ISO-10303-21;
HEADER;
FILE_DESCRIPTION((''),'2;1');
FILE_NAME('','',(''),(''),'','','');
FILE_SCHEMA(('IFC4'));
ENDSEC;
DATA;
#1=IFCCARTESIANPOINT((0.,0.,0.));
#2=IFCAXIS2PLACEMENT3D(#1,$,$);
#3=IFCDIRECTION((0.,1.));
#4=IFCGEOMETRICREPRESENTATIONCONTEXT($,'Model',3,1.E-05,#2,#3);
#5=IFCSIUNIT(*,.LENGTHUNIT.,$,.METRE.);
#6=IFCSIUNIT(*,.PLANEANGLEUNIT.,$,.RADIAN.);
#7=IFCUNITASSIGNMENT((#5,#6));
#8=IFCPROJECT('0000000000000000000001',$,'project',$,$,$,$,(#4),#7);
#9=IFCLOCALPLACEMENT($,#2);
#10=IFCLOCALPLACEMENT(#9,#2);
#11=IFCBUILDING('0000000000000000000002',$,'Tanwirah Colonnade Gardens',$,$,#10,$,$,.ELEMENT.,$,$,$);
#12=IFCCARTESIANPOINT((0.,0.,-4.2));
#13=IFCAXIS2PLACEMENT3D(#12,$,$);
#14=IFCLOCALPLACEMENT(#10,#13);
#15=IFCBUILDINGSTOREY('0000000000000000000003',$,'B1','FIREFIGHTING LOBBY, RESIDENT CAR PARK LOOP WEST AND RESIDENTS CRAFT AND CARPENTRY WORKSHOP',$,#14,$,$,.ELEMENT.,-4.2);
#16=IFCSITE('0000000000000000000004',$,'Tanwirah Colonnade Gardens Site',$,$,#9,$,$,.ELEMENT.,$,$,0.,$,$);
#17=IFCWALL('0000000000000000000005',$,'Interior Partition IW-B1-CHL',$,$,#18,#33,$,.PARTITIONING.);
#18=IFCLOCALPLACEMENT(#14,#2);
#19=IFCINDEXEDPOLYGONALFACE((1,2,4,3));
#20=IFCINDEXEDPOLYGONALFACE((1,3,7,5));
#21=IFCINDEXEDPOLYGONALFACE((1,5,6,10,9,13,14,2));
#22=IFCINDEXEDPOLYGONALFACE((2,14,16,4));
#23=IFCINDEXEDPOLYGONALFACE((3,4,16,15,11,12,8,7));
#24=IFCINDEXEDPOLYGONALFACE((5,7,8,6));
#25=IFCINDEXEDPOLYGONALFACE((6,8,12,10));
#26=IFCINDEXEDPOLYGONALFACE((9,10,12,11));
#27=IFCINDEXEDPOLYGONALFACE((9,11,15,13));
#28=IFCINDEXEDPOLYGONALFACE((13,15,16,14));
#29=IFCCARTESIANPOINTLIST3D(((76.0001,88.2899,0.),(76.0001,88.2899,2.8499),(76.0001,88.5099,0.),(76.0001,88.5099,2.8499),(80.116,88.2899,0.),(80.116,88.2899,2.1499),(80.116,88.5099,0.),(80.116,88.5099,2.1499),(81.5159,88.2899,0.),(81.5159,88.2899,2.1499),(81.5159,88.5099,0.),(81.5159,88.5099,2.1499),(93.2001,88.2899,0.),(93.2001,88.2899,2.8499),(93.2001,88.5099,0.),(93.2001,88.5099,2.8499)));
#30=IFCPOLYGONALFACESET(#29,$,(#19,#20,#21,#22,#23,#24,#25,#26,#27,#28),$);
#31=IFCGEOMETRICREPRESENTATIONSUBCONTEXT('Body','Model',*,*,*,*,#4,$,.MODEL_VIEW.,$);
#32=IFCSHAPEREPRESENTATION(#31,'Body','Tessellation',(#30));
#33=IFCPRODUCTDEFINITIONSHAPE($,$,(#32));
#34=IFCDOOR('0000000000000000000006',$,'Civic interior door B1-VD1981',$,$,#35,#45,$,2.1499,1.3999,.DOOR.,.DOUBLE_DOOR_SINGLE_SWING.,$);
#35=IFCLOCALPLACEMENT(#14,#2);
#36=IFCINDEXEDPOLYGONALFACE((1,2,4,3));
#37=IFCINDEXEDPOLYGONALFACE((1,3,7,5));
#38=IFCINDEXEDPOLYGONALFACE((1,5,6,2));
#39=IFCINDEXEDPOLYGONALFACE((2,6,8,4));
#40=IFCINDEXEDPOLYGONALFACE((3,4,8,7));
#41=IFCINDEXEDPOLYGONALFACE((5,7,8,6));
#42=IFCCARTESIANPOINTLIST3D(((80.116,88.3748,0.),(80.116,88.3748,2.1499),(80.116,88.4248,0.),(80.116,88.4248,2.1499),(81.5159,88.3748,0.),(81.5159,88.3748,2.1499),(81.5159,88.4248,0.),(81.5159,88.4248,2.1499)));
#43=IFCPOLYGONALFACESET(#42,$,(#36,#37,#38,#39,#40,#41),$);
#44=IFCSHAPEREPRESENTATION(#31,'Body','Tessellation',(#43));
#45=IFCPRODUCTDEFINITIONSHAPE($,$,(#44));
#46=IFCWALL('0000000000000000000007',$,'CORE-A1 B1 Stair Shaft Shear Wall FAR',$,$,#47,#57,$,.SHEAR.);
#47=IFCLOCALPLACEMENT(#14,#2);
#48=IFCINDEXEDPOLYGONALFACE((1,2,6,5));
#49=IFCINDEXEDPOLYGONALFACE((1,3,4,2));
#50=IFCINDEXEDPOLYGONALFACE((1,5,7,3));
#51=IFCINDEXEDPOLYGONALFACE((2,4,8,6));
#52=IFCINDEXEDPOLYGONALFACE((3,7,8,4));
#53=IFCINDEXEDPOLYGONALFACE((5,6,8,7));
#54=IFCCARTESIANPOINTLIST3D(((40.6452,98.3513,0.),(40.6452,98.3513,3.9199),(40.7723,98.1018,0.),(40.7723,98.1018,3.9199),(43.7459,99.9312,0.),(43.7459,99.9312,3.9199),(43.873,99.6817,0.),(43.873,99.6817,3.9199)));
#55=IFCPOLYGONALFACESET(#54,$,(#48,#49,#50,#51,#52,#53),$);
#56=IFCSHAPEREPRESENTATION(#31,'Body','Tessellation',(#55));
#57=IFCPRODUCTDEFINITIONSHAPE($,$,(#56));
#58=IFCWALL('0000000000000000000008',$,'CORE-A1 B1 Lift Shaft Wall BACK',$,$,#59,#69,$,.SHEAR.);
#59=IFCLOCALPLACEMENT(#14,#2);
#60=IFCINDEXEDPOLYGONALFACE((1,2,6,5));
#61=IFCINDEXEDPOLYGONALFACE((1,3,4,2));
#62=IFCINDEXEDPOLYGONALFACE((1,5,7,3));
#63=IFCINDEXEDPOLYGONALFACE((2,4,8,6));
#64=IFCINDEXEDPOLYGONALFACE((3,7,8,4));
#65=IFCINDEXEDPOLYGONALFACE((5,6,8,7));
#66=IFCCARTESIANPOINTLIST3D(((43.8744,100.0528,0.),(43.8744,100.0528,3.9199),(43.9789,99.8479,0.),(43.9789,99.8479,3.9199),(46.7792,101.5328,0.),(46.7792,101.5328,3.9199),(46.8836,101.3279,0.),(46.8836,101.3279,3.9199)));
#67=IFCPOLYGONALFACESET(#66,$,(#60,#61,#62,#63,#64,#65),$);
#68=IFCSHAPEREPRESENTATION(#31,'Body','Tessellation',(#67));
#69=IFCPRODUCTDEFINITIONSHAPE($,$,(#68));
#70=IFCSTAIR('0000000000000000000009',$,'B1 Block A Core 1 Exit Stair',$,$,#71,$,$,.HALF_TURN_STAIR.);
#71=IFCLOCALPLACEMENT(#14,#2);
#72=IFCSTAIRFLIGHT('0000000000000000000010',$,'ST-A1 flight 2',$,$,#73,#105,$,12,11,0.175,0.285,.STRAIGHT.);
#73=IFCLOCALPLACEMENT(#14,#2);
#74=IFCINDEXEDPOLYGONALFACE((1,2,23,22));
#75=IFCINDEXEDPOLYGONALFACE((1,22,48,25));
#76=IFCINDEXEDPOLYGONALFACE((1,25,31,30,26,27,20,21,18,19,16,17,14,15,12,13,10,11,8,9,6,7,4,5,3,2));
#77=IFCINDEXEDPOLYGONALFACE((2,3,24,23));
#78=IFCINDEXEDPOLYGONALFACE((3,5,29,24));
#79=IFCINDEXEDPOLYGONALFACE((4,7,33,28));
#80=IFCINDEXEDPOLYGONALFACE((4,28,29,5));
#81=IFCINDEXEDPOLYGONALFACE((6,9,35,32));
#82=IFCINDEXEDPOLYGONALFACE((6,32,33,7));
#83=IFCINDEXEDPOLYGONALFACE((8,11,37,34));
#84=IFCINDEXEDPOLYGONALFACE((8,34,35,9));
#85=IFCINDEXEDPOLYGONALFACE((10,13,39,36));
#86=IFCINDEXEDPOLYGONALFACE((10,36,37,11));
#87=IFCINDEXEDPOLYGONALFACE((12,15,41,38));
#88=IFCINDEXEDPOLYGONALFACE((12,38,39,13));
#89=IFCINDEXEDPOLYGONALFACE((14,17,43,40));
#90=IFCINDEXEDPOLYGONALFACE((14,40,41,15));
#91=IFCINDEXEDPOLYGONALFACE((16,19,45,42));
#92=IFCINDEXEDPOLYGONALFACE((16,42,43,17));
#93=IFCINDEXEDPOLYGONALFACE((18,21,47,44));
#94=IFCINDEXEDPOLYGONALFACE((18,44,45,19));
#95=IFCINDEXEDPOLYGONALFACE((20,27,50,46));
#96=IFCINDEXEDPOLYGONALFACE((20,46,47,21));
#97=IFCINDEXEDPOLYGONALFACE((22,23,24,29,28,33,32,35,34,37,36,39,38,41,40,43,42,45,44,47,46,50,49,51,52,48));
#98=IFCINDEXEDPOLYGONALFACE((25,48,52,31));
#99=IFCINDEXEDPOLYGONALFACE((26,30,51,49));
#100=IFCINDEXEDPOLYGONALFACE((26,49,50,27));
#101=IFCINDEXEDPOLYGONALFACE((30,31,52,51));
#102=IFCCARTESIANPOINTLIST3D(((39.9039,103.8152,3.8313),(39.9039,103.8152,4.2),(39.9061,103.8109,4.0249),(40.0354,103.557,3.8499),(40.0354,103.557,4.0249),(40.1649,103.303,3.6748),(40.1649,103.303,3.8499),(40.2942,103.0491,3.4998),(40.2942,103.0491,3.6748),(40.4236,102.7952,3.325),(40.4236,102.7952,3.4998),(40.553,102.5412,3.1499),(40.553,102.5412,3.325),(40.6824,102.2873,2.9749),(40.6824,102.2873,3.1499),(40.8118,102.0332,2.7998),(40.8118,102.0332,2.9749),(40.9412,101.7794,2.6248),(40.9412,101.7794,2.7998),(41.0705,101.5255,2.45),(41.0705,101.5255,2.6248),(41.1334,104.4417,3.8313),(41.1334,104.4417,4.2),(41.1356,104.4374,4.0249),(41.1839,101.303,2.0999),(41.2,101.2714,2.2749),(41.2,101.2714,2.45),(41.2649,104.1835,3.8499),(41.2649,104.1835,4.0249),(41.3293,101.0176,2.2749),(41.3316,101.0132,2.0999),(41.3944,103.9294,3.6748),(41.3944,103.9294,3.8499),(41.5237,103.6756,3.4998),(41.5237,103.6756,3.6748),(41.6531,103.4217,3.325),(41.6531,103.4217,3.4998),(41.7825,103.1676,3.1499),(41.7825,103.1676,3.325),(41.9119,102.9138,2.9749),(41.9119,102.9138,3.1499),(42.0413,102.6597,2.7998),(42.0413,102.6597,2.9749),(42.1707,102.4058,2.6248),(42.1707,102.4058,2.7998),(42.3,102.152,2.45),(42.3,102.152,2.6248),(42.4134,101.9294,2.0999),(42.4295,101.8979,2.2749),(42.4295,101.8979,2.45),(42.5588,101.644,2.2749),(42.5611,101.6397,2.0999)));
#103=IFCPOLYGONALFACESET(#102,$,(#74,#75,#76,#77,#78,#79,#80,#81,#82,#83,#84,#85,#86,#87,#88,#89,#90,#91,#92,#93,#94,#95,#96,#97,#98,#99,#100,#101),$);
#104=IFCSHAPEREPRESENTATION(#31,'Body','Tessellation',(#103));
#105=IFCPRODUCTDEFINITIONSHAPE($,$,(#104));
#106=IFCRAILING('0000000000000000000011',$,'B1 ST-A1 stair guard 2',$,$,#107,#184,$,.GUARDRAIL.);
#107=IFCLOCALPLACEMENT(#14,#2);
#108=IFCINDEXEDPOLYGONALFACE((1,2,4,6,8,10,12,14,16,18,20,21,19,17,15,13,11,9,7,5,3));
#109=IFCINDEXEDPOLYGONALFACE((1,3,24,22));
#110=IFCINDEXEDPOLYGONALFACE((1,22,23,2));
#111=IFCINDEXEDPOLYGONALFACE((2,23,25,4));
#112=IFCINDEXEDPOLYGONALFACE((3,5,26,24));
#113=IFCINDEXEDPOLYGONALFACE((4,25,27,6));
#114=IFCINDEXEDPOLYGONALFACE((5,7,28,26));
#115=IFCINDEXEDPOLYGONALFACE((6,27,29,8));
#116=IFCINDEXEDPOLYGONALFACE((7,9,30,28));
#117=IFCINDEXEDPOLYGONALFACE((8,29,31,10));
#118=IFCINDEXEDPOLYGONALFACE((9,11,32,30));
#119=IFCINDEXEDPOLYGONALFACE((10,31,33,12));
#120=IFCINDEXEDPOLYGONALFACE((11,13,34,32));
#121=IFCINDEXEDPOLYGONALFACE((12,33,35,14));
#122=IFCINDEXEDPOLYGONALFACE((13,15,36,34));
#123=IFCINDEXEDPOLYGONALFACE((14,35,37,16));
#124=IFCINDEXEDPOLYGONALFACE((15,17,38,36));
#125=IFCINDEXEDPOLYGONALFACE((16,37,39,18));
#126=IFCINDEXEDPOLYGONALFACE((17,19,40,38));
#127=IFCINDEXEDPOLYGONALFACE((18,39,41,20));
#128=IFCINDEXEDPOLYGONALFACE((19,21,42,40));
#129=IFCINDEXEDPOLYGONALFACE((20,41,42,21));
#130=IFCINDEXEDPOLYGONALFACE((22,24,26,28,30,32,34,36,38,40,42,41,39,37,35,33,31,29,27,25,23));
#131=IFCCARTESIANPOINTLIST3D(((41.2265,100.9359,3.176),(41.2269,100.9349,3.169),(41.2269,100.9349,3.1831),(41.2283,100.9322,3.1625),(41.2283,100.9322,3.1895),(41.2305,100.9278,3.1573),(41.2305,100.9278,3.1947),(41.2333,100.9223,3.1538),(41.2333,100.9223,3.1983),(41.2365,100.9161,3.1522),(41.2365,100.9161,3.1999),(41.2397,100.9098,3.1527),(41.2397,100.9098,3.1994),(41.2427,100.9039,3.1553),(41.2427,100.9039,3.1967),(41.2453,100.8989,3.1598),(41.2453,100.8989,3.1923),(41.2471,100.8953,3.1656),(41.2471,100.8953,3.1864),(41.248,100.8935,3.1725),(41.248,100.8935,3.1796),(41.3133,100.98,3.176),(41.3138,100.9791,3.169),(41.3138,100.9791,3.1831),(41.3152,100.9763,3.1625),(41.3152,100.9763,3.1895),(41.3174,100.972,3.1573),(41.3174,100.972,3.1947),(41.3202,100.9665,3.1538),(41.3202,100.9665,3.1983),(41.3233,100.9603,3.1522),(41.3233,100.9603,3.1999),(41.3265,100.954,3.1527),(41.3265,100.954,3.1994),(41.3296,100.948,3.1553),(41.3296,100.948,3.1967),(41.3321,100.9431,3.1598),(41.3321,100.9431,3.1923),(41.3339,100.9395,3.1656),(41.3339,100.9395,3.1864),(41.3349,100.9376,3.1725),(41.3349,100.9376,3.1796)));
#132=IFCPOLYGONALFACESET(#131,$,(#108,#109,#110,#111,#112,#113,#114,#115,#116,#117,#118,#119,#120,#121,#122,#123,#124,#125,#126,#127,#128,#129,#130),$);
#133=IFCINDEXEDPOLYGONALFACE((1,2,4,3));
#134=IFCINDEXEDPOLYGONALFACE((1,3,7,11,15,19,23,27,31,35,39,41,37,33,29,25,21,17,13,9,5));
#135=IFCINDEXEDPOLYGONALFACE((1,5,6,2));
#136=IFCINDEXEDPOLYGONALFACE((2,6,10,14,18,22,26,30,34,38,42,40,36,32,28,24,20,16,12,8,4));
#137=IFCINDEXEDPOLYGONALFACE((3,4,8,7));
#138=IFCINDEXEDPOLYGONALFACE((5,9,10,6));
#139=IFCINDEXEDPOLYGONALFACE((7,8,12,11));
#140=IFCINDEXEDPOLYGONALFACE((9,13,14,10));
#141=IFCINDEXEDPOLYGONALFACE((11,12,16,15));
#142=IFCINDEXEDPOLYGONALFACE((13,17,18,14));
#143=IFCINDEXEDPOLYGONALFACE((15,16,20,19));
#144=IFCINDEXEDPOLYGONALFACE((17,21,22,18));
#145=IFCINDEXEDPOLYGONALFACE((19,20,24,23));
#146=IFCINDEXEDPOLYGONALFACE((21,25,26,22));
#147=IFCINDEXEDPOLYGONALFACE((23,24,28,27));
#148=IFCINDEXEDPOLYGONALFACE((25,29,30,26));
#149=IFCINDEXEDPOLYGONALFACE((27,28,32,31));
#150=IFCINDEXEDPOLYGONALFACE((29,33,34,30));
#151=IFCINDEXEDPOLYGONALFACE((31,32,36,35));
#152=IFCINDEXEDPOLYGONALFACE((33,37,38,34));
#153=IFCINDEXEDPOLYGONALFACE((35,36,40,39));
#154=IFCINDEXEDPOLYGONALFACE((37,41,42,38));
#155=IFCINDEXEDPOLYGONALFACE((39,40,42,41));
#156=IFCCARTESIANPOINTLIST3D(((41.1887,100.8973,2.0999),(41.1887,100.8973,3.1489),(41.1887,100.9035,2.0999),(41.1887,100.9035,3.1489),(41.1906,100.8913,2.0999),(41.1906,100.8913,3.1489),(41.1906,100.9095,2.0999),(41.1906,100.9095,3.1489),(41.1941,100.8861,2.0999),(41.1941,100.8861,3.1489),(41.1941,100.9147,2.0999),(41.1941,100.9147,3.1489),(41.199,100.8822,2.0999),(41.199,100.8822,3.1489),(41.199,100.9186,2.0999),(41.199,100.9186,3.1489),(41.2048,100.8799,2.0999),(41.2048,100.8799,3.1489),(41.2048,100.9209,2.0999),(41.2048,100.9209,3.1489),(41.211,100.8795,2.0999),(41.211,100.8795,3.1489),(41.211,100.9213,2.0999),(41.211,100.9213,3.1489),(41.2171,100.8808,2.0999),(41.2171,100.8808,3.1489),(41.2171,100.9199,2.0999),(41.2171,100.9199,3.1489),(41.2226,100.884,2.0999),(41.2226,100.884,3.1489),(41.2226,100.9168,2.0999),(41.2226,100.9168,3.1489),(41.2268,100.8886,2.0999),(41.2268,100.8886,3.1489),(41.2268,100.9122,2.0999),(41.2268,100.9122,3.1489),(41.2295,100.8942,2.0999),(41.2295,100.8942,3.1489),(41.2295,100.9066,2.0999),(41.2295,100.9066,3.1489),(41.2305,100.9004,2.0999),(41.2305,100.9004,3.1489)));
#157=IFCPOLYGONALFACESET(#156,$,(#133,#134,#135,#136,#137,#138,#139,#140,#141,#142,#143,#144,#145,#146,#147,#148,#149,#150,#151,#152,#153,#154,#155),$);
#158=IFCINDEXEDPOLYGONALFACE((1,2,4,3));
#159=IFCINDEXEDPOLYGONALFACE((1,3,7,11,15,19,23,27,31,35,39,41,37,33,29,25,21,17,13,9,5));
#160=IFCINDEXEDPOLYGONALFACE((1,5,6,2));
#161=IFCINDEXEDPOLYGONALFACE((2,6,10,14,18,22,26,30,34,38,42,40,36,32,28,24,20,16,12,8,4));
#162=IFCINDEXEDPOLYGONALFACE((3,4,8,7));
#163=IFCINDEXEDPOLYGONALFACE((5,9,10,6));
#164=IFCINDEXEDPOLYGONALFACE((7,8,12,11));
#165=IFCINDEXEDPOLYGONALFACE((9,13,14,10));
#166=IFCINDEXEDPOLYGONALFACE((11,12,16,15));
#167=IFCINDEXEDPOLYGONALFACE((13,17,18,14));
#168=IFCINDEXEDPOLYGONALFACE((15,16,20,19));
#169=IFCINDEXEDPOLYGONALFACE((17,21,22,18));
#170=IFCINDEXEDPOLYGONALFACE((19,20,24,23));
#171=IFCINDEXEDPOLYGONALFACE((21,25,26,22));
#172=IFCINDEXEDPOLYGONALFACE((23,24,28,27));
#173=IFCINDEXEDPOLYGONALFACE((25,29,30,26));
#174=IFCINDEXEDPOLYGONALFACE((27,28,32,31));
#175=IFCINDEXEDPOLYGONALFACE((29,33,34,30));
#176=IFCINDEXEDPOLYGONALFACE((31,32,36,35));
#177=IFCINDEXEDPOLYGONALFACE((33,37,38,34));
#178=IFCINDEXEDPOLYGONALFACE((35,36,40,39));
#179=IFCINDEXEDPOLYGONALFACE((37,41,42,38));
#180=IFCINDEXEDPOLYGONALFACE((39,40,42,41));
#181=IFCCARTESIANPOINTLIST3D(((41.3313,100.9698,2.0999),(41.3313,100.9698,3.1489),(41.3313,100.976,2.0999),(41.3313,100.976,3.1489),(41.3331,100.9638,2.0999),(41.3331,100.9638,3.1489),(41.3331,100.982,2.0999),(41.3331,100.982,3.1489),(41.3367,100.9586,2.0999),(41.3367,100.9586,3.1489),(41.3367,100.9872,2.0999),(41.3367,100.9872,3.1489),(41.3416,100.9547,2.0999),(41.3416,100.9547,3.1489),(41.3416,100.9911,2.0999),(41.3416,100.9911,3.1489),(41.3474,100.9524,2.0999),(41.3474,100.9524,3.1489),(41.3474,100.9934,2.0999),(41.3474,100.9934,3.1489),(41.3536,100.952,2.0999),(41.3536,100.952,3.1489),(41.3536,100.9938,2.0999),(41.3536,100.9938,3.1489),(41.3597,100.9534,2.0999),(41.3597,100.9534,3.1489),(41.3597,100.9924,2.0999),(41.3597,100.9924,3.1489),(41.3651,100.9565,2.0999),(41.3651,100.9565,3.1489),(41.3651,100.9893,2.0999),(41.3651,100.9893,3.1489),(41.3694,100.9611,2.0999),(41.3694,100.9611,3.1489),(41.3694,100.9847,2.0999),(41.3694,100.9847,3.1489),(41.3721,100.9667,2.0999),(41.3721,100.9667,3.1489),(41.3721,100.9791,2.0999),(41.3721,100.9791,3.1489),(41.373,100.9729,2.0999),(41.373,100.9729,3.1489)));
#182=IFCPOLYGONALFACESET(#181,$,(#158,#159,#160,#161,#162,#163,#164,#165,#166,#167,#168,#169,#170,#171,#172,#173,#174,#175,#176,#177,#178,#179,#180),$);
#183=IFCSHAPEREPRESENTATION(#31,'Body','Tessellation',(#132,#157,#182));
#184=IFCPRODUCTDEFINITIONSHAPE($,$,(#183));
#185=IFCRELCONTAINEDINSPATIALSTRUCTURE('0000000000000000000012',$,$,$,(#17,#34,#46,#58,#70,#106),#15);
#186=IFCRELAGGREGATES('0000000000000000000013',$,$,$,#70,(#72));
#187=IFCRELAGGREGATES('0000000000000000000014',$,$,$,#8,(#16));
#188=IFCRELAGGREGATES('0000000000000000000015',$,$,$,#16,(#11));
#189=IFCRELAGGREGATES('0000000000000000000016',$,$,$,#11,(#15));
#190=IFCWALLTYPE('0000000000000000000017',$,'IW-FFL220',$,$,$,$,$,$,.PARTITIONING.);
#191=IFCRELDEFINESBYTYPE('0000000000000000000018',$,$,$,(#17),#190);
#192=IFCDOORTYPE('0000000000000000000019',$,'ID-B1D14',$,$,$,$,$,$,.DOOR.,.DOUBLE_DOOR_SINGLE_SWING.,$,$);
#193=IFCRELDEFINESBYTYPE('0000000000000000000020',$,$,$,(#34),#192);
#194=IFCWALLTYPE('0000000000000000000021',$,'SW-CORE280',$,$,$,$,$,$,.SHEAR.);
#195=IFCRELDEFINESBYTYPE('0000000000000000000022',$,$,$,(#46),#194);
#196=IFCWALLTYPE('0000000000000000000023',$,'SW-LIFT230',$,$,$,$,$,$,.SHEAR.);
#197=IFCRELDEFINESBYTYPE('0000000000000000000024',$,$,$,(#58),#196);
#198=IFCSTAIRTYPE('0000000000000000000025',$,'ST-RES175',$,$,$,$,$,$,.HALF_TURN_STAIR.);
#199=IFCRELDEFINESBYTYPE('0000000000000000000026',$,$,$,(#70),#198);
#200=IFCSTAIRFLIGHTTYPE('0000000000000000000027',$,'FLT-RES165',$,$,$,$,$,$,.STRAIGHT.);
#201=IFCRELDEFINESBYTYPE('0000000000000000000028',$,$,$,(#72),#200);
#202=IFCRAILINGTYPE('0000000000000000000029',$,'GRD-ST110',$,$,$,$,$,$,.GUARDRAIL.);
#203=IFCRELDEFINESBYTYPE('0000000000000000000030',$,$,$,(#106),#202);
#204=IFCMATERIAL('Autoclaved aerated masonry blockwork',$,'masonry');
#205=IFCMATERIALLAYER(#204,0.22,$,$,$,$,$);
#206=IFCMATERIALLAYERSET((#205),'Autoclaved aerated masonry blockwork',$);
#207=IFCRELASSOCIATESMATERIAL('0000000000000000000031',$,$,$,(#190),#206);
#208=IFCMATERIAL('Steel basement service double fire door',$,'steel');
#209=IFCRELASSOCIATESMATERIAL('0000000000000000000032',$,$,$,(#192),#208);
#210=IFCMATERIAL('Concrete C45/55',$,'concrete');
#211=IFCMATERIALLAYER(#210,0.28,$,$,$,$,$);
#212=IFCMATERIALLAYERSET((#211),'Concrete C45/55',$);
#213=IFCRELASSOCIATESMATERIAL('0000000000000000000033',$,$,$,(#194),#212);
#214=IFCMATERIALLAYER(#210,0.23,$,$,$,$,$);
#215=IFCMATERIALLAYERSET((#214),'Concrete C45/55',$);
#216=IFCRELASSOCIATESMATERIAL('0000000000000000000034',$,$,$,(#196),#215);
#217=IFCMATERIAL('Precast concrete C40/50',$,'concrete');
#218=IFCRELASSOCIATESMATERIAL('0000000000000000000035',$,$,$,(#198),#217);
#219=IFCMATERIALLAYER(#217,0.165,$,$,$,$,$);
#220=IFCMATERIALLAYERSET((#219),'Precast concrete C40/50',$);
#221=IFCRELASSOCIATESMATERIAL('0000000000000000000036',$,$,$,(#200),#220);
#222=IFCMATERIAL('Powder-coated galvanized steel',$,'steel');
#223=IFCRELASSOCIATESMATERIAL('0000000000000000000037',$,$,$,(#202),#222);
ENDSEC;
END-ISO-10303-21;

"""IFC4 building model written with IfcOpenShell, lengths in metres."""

from ifc_helpers import new_model, si_unit, direction, frame, frame_2d, origin, origin_2d, place, context, subcontext, project, spatial, polyline, rectangle, circle, outline, extrude, material, layer, layer_set, type_object, element, fill, aggregate, save


model = new_model("IFC4")

# Units and contexts
model_context = context("Model", 3, precision=1e-05, world=origin(), true_north=direction((0.0, 1.0)))
body_context = subcontext(model_context, "Body", "Model", "MODEL_VIEW")
ifc_project = project(units=[si_unit("LENGTHUNIT", "METRE"), si_unit("PLANEANGLEUNIT", "RADIAN")], contexts=[model_context])

# Site, building, storey
site_placement = place(None, origin())
site = spatial("IfcSite", under=ifc_project, at=site_placement, Name="Tanwirah Colonnade Gardens Site", CompositionType="ELEMENT", RefElevation=0.0)
building_placement = place(site_placement, origin())
building = spatial("IfcBuilding", under=site, at=building_placement, Name="Tanwirah Colonnade Gardens", CompositionType="ELEMENT")
storey_placement = place(building_placement, frame((0.0, 0.0, -4.2)))
storey = spatial("IfcBuildingStorey", under=building, at=storey_placement, Name="B1", Description="FIREFIGHTING LOBBY, RESIDENT CAR PARK LOOP WEST AND RESIDENTS CRAFT AND CARPENTRY WORKSHOP", CompositionType="ELEMENT", Elevation=-4.2)

# Shared definitions
ifc_material_1 = material(Name="Concrete C45/55", Category="concrete")

# Shared definitions
ifc_material_2 = material(Name="Precast concrete C40/50", Category="concrete")

# Shared definitions
ifc_material_3 = material(Name="Autoclaved aerated masonry blockwork", Category="masonry")
ifc_layer_1 = layer(ifc_material_3, 0.22)
ifc_layer_set_1 = layer_set([ifc_layer_1], Name="Autoclaved aerated masonry blockwork")
wall_type_1 = type_object("IfcWallType", Name="IW-FFL220", PredefinedType="PARTITIONING", material=ifc_layer_set_1)

# Wall, opening, door
wall_1_placement = place(storey_placement, frame((76.0, 88.3999, 0.0), z_axis=(0.0, 0.0, 1.0), x_axis=(1.0, 0.0, 0.0)))
wall_1 = element("IfcWall", 1, at=wall_1_placement, inside=storey, type_object=wall_type_1, Name="Interior Partition IW-B1-CHL", PredefinedType="PARTITIONING", context=body_context, shape_type="SweptSolid", body=[
    extrude(rectangle(XDim=17.2, YDim=0.22, at=frame_2d((8.6001, 0.0))), origin(), (0.0, 0.0, 1.0), 2.8499),
])
opening_placement = place(wall_1_placement, frame((4.116, 0.0, 0.0)))
opening = element("IfcOpeningElement", 2, at=opening_placement, cuts=wall_1, PredefinedType="OPENING", context=body_context, shape_type="SweptSolid", body=[
    extrude(rectangle(XDim=1.3999, YDim=2.1499, at=frame_2d((0.7, 1.075))), frame((0.0, 0.1199, 0.0), z_axis=(0.0, -1.0, 0.0), x_axis=(1.0, 0.0, 0.0)), (0.0, 0.0, 1.0), 0.24),
])
ifc_material_4 = material(Name="Steel basement service double fire door", Category="steel")
door_type = type_object("IfcDoorType", Name="ID-B1D14", OperationType="DOUBLE_DOOR_SINGLE_SWING", PredefinedType="DOOR", material=ifc_material_4)
door_placement = place(opening_placement, origin())
door = element("IfcDoor", 3, at=door_placement, inside=storey, type_object=door_type, Name="Civic interior door B1-VD1981", OperationType="DOUBLE_DOOR_SINGLE_SWING", OverallHeight=2.1499, OverallWidth=1.3999, PredefinedType="DOOR", context=body_context, shape_type="SweptSolid", body=[
    extrude(rectangle(XDim=1.3999, YDim=2.1499, at=frame_2d((0.7, 1.075))), frame((0.0, 0.0249, 0.0), z_axis=(0.0, -1.0, 0.0), x_axis=(1.0, 0.0, 0.0)), (0.0, 0.0, 1.0), 0.05),
])
fill(opening, door)

# Walls
ifc_layer_2 = layer(ifc_material_1, 0.28)
ifc_layer_set_2 = layer_set([ifc_layer_2], Name="Concrete C45/55")
wall_type_2 = type_object("IfcWallType", Name="SW-CORE280", PredefinedType="SHEAR", material=ifc_layer_set_2)
wall_2_placement = place(storey_placement, frame((40.7087, 98.2266, 0.0), z_axis=(0.0, 0.0, 1.0), x_axis=(0.891006, 0.453992, 0.0)))
element("IfcWall", 4, at=wall_2_placement, inside=storey, type_object=wall_type_2, Name="CORE-A1 B1 Stair Shaft Shear Wall FAR", PredefinedType="SHEAR", context=body_context, shape_type="SweptSolid", body=[
    extrude(rectangle(XDim=3.48, YDim=0.28, at=frame_2d((1.74, 0.0))), origin(), (0.0, 0.0, 1.0), 3.9199),
])
ifc_layer_3 = layer(ifc_material_1, 0.23)
ifc_layer_set_3 = layer_set([ifc_layer_3], Name="Concrete C45/55")
wall_type_3 = type_object("IfcWallType", Name="SW-LIFT230", PredefinedType="SHEAR", material=ifc_layer_set_3)
wall_3_placement = place(storey_placement, frame((43.9268, 99.9504, 0.0), z_axis=(0.0, 0.0, 1.0), x_axis=(0.891017, 0.453971, 0.0)))
element("IfcWall", 5, at=wall_3_placement, inside=storey, type_object=wall_type_3, Name="CORE-A1 B1 Lift Shaft Wall BACK", PredefinedType="SHEAR", context=body_context, shape_type="SweptSolid", body=[
    extrude(rectangle(XDim=3.26, YDim=0.23, at=frame_2d((1.6299, 0.0))), origin(), (0.0, 0.0, 1.0), 3.9199),
])

# Stair, stair flight
stair_type = type_object("IfcStairType", Name="ST-RES175", PredefinedType="HALF_TURN_STAIR", material=ifc_material_2)
stair_placement = place(storey_placement, origin())
stair = element("IfcStair", 6, at=stair_placement, inside=storey, type_object=stair_type, Name="B1 Block A Core 1 Exit Stair", PredefinedType="HALF_TURN_STAIR")
ifc_layer_4 = layer(ifc_material_2, 0.165)
ifc_layer_set_4 = layer_set([ifc_layer_4], Name="Precast concrete C40/50")
stair_flight_type = type_object("IfcStairFlightType", Name="FLT-RES165", PredefinedType="STRAIGHT", material=ifc_layer_set_4)
stair_flight_placement = place(storey_placement, frame((41.9441, 101.3308, 2.0999), z_axis=(0.0, 0.0, 1.0), x_axis=(-0.45399, 0.891007, 0.0)))
stair_flight = element("IfcStairFlight", 7, at=stair_flight_placement, type_object=stair_flight_type, Name="ST-A1 flight 2", NumberOfRisers=12, NumberOfTreads=11, PredefinedType="STRAIGHT", RiserHeight=0.175, TreadLength=0.285, context=body_context, shape_type="SweptSolid", body=[
    extrude(outline(polyline([(-0.0049, 0.0), (0.0, 0.175), (0.2849, 0.175), (0.2849, 0.3501), (0.5701, 0.3501), (0.5701, 0.5249), (0.855, 0.5249), (0.855, 0.7), (1.1399, 0.7), (1.1399, 0.875), (1.425, 0.875), (1.425, 1.05), (1.71, 1.05), (1.71, 1.2251), (1.9951, 1.2251), (1.9951, 1.3999), (2.28, 1.3999), (2.28, 1.575), (2.5649, 1.575), (2.5649, 1.75), (2.8501, 1.75), (2.8501, 1.925), (3.135, 1.925), (3.1399, 2.1001), (3.1399, 1.7314), (0.3203, 0.0), (-0.0049, 0.0)])), frame((0.0, 0.6899, 0.0), z_axis=(0.0, -1.0, 0.0), x_axis=(1.0, 0.0, 0.0)), (0.0, 0.0, 1.0), 1.3799),
])
aggregate(stair, [stair_flight])

# Railing
ifc_material_5 = material(Name="Powder-coated galvanized steel", Category="steel")
railing_type_1 = type_object("IfcRailingType", Name="GRD-ST110", PredefinedType="GUARDRAIL", material=ifc_material_5)
railing_1_placement = place(storey_placement, frame((41.2095, 100.9004, 2.0999)))
element("IfcRailing", 8, at=railing_1_placement, inside=storey, type_object=railing_type_1, Name="B1 ST-A1 stair guard 2", PredefinedType="GUARDRAIL", context=body_context, shape_type="SweptSolid", body=[
    extrude(circle(Radius=0.0239, at=origin_2d()), frame((0.0278, 0.0142, 1.0762), z_axis=(0.891354, 0.453308, 0.0), x_axis=(-0.453308, 0.891354, 0.0)), (0.0, 0.0, 1.0), 0.0974),
    extrude(circle(Radius=0.021, at=origin_2d()), origin(), (0.0, 0.0, 1.0), 1.0491),
    extrude(circle(Radius=0.021, at=origin_2d()), frame((0.1426, 0.0725, 0.0)), (0.0, 0.0, 1.0), 1.0491),
])

save(model, "model.ifc")
